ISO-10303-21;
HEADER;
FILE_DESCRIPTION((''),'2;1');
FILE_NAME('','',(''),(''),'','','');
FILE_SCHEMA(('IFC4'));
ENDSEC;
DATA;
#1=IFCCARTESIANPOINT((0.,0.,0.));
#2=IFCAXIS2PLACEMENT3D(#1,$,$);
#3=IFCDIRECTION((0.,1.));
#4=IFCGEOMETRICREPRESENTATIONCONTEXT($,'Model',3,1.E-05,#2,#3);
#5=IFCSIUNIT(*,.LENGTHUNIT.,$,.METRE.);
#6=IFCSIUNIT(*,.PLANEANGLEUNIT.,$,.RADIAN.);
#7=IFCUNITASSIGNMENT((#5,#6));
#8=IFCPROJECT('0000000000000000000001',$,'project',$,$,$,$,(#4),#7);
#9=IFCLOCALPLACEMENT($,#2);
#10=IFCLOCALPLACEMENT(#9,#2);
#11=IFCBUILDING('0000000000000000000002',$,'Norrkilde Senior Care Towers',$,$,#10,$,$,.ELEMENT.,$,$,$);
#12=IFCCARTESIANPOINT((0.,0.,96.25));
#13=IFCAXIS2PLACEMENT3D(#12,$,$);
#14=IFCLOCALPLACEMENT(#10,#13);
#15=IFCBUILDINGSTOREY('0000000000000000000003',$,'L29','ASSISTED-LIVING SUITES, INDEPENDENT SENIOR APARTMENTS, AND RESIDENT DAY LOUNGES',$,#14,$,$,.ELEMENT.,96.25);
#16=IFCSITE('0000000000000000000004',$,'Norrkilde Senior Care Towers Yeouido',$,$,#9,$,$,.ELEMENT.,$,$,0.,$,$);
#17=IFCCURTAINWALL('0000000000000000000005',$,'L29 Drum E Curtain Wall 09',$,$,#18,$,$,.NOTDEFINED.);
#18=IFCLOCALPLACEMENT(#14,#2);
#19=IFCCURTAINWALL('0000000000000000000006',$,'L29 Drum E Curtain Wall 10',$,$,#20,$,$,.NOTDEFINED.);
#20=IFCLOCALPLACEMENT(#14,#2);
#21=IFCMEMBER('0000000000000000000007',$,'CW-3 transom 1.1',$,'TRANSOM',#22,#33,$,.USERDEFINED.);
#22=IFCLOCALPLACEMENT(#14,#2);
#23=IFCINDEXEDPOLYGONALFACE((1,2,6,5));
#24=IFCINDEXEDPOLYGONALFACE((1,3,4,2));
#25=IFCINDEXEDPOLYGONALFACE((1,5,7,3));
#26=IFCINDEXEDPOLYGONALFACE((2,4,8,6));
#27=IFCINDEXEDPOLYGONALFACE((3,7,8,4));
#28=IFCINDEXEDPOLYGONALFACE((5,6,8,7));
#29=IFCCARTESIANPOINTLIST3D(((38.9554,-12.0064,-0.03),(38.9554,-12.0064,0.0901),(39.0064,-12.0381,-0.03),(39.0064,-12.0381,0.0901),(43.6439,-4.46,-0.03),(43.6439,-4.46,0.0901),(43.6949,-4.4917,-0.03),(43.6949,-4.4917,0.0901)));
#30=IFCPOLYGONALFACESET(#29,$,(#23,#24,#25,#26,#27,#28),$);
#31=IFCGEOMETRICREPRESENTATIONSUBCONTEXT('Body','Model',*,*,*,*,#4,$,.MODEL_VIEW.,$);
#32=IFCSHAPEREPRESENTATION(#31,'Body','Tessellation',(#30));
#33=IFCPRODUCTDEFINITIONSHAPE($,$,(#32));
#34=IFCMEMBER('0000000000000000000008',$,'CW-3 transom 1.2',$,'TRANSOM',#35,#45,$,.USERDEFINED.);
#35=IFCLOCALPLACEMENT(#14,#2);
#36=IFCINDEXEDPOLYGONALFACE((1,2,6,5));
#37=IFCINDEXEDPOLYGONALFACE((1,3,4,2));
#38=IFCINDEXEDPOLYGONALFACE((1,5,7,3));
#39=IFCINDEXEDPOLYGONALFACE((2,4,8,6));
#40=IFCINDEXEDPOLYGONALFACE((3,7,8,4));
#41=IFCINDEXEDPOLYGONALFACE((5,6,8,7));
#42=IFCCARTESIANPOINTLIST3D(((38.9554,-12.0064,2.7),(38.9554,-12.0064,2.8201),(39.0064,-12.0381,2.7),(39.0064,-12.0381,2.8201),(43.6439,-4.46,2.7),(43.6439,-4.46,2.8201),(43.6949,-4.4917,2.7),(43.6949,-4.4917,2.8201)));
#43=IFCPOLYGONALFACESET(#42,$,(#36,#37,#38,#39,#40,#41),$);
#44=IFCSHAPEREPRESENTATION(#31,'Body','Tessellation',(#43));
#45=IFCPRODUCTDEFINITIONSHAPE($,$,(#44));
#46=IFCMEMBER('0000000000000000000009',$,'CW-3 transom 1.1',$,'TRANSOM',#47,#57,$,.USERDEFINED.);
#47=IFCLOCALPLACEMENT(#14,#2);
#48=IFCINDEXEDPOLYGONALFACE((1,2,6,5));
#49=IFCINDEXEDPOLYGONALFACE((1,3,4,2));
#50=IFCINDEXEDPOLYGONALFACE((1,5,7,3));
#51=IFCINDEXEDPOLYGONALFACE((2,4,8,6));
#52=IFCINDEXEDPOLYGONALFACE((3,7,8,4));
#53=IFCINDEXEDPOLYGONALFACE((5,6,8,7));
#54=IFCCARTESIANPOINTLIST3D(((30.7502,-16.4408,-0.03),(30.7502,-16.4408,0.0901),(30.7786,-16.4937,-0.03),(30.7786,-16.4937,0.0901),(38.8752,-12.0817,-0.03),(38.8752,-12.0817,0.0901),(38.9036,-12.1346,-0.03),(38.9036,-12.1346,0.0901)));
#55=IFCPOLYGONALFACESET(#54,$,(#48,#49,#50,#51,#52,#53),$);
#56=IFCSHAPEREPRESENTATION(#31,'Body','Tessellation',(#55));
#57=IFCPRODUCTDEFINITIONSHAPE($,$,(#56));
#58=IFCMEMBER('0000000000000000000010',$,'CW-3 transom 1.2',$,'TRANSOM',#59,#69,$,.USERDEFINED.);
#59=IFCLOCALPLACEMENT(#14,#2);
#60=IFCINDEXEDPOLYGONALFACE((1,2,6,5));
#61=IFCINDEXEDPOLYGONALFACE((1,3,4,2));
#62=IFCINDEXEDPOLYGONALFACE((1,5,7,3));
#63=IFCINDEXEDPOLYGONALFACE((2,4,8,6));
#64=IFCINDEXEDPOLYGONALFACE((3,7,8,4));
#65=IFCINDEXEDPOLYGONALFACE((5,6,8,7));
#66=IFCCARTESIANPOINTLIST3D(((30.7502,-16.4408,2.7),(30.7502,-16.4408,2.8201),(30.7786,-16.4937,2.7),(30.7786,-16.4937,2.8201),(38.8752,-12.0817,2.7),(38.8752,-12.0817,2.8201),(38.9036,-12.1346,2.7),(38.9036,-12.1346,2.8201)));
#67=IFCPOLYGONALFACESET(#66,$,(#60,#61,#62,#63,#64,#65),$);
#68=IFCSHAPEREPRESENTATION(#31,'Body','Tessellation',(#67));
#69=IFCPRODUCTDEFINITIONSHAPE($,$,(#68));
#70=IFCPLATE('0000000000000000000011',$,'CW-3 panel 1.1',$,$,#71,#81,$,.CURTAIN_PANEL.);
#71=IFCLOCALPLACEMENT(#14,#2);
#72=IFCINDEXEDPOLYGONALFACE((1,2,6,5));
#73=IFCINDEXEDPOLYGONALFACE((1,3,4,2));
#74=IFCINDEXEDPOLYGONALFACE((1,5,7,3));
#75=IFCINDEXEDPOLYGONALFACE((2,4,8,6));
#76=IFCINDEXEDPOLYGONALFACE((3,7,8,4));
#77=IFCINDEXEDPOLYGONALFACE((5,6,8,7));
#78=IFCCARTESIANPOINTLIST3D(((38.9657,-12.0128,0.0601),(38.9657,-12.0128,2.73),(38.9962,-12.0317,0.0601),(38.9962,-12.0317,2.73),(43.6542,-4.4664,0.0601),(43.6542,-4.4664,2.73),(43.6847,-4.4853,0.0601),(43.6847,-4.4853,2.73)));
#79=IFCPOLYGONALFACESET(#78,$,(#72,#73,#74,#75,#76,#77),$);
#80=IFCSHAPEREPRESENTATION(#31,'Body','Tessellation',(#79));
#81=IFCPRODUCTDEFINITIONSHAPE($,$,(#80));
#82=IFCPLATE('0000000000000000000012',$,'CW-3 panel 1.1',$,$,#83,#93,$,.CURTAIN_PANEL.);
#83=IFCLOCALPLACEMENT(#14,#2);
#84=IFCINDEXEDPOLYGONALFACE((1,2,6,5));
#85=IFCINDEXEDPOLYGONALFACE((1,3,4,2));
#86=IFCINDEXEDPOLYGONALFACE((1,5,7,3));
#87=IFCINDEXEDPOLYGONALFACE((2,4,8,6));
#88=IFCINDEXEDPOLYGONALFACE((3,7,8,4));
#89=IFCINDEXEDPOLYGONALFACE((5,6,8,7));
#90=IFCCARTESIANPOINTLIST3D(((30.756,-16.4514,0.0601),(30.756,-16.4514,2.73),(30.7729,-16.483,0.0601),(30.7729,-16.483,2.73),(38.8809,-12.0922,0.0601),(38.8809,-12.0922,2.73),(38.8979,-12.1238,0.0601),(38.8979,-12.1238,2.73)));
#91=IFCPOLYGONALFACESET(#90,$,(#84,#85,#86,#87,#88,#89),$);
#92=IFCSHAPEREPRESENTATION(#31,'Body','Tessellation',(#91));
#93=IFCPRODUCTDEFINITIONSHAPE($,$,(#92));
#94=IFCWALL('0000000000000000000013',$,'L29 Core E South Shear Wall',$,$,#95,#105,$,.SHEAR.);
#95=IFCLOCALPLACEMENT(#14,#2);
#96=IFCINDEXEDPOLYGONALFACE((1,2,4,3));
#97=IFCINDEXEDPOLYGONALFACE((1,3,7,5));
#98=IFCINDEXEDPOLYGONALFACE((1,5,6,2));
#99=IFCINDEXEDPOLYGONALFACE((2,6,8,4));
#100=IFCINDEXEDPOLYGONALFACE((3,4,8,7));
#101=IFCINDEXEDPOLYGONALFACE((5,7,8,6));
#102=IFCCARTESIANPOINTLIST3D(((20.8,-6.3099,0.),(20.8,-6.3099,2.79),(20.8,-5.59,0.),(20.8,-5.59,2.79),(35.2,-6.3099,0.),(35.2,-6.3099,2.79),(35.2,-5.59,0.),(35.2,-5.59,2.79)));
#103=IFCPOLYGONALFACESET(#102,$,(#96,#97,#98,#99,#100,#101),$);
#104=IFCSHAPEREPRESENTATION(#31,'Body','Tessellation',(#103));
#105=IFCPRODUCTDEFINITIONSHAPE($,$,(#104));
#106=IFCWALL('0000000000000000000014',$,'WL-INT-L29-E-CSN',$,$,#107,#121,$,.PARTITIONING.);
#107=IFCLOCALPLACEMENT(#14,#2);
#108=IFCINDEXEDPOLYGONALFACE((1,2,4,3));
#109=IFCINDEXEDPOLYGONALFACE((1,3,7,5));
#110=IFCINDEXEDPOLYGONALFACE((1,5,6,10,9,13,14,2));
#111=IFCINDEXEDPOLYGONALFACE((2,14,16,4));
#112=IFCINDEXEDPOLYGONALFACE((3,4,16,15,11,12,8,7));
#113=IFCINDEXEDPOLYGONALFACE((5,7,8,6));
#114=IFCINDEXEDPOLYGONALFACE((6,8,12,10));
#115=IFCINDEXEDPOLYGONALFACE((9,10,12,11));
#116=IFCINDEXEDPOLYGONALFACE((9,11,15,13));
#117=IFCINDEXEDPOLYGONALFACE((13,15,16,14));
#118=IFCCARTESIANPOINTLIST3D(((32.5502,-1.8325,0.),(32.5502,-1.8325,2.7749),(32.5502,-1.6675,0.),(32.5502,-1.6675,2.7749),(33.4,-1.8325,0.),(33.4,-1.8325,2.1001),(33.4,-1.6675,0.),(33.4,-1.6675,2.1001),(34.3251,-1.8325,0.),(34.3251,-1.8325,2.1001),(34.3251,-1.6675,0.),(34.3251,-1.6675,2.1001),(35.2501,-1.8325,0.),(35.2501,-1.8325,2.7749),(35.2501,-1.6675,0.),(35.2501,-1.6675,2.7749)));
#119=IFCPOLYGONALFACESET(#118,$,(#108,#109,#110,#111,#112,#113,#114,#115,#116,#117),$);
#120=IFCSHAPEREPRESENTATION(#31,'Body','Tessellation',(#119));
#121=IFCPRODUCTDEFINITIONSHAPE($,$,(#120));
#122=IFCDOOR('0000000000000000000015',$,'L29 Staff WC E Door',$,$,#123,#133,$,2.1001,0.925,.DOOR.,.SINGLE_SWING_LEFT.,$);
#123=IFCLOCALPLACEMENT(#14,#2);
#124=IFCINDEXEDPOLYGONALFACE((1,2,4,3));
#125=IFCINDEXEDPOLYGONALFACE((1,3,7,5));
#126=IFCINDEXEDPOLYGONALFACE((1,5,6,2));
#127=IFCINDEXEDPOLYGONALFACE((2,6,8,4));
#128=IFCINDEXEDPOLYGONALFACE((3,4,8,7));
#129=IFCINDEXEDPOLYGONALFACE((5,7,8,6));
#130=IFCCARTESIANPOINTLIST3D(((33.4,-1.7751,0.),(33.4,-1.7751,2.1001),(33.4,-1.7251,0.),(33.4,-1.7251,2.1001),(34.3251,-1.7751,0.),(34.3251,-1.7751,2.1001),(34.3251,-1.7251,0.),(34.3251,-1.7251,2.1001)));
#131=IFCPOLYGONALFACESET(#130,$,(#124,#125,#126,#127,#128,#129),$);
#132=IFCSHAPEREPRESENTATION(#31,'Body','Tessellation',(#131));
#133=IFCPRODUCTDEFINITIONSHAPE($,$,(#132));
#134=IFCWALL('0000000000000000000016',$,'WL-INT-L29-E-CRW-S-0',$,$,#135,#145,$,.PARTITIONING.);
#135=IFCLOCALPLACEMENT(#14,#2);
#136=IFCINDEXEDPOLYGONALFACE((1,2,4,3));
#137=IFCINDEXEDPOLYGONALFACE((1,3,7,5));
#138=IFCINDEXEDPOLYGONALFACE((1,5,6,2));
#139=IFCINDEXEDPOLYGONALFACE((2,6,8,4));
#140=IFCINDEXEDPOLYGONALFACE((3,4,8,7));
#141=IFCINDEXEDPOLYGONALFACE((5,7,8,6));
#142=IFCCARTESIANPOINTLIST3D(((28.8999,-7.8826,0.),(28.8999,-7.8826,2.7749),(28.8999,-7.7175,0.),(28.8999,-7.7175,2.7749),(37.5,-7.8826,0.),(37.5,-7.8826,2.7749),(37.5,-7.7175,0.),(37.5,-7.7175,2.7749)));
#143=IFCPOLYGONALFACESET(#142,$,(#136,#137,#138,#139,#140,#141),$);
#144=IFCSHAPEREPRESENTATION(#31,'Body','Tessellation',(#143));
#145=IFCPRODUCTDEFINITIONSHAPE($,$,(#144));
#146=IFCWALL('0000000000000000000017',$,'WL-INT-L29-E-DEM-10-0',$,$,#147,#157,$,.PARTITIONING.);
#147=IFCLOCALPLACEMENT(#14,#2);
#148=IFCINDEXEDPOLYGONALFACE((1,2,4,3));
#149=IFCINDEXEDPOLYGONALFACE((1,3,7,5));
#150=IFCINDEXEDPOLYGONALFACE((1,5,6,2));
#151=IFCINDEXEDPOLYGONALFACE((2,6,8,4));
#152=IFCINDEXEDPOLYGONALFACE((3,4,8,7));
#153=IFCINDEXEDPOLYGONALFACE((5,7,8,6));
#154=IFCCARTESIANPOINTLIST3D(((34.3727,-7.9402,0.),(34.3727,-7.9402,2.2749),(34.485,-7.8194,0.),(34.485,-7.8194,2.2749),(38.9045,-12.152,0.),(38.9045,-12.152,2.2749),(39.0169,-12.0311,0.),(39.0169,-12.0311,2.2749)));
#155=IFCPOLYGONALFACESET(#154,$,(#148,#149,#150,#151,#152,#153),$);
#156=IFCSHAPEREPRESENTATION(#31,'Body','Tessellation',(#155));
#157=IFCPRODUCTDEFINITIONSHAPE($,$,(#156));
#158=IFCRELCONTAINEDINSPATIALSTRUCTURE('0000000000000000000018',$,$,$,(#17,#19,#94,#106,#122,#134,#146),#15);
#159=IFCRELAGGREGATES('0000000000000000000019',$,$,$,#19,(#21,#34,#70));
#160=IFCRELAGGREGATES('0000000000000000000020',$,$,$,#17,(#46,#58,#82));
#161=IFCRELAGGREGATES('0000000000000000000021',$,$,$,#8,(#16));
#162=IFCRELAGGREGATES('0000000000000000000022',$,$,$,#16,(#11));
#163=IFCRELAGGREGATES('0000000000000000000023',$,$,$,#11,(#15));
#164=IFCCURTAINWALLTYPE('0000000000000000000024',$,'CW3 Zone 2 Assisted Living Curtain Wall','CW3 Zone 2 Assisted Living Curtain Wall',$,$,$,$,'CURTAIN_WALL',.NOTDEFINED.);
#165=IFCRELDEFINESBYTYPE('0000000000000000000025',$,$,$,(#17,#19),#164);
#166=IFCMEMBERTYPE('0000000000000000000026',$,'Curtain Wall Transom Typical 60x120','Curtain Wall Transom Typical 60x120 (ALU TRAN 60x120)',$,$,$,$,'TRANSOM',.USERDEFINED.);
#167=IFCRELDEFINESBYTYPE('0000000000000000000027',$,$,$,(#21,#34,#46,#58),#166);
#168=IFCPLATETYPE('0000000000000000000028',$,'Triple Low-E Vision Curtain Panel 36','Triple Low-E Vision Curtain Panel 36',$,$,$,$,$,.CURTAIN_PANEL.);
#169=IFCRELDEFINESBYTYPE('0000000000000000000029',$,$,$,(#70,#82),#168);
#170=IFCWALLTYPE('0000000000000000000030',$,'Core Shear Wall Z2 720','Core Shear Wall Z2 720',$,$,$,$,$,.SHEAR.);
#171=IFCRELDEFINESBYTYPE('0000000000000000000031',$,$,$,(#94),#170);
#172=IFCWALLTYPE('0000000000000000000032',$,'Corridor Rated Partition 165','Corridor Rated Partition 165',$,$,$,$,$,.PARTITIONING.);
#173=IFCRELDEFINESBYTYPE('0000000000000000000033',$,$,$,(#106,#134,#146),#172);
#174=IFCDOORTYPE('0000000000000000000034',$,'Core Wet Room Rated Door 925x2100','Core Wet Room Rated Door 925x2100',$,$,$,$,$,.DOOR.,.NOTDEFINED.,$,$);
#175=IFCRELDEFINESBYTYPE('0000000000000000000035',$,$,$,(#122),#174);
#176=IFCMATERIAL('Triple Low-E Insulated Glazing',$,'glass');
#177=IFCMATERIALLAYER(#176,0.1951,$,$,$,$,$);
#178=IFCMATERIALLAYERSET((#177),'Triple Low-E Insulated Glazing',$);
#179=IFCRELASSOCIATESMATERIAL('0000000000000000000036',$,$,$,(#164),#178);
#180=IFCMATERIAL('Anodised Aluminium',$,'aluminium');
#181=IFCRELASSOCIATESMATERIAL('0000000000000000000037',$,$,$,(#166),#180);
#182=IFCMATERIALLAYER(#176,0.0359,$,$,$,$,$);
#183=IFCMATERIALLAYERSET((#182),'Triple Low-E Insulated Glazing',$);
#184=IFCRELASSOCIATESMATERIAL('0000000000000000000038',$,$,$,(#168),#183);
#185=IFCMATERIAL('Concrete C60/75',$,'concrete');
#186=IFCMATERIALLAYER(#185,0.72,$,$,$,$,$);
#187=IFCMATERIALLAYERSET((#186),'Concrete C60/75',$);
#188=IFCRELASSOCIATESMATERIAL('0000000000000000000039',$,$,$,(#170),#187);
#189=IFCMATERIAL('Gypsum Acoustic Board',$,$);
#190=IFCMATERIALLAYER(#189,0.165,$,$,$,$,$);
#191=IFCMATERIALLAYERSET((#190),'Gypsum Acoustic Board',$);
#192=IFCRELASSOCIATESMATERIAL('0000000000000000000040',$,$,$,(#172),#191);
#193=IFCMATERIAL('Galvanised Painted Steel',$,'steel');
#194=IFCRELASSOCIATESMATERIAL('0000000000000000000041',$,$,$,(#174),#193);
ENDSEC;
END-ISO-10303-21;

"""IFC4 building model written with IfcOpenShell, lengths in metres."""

from ifc_helpers import new_model, si_unit, direction, frame, frame_2d, origin, origin_2d, place, context, subcontext, project, spatial, rectangle, extrude, source, transform, mapped, material, layer, layer_set, material_profile, profile_set, type_object, type_shapes, element, fill, aggregate, save


model = new_model("IFC4")

# Units and contexts
model_context = context("Model", 3, precision=1e-05, world=origin(), true_north=direction((0.0, 1.0)))
body_context = subcontext(model_context, "Body", "Model", "MODEL_VIEW")
ifc_project = project(units=[si_unit("LENGTHUNIT", "METRE"), si_unit("PLANEANGLEUNIT", "RADIAN")], contexts=[model_context])

# Site, building, storey
site_placement = place(None, origin())
site = spatial("IfcSite", under=ifc_project, at=site_placement, Name="Norrkilde Senior Care Towers Yeouido", CompositionType="ELEMENT", RefElevation=0.0)
building_placement = place(site_placement, origin())
building = spatial("IfcBuilding", under=site, at=building_placement, Name="Norrkilde Senior Care Towers", CompositionType="ELEMENT")
storey_placement = place(building_placement, frame((0.0, 0.0, 96.25)))
storey = spatial("IfcBuildingStorey", under=building, at=storey_placement, Name="L29", Description="ASSISTED-LIVING SUITES, INDEPENDENT SENIOR APARTMENTS, AND RESIDENT DAY LOUNGES", CompositionType="ELEMENT", Elevation=96.25)

# Shared definitions
ifc_material_1 = material(Name="Concrete C60/75", Category="concrete")

# Curtain wall
ifc_material_2 = material(Name="Triple Low-E Insulated Glazing", Category="glass")
ifc_layer_1 = layer(ifc_material_2, 0.1951)
ifc_layer_set_1 = layer_set([ifc_layer_1], Name="Triple Low-E Insulated Glazing")
curtain_wall_type = type_object("IfcCurtainWallType", Name="CW3 Zone 2 Assisted Living Curtain Wall", Description="CW3 Zone 2 Assisted Living Curtain Wall", ElementType="CURTAIN_WALL", PredefinedType="NOTDEFINED", material=ifc_layer_set_1)
curtain_wall_1_placement = place(storey_placement, origin())
curtain_wall_1 = element("IfcCurtainWall", 1, at=curtain_wall_1_placement, inside=storey, type_object=curtain_wall_type, Name="L29 Drum E Curtain Wall 09", PredefinedType="NOTDEFINED")
ifc_material_3 = material(Name="Anodised Aluminium", Category="aluminium")

# Curtain wall, members
curtain_wall_2_placement = place(storey_placement, origin())
curtain_wall_2 = element("IfcCurtainWall", 2, at=curtain_wall_2_placement, inside=storey, type_object=curtain_wall_type, Name="L29 Drum E Curtain Wall 10", PredefinedType="NOTDEFINED")
ifc_material_profile_1 = material_profile(ifc_material_3, rectangle(XDim=0.0601, YDim=0.1201, at=origin_2d()), Name="ALU TRAN 60x120")
ifc_profile_set_1 = profile_set([ifc_material_profile_1], Name="Anodised Aluminium")
member_type_1 = type_object("IfcMemberType", Name="Curtain Wall Transom Typical 60x120", Description="Curtain Wall Transom Typical 60x120 (ALU TRAN 60x120)", ElementType="TRANSOM", PredefinedType="USERDEFINED", material=ifc_profile_set_1)
shared_shape_1 = source(origin(), body_context, "Body", "SweptSolid", [
    extrude(rectangle(XDim=0.0601, YDim=0.1201, at=origin_2d()), origin(), (0.0, 0.0, 1.0), 8.8843),
])
member_1_placement = place(storey_placement, frame((43.6694, -4.4758, 0.03), z_axis=(-0.527729, -0.849413, 0.0), x_axis=(0.849413, -0.527729, 0.0)))
member_1 = element("IfcMember", 3, at=member_1_placement, type_object=member_type_1, Name="CW-3 transom 1.1", ObjectType="TRANSOM", PredefinedType="USERDEFINED", context=body_context, shape_type="MappedRepresentation", body=[
    mapped(shared_shape_1, transform((0.0, 0.0, 0.0), x_axis=(1.0, 0.0, 0.0), y_axis=(0.0, 1.0, 0.0), z_axis=(0.0, 0.0, 1.0), scale=1.0)),
])
member_2_placement = place(storey_placement, frame((43.6694, -4.4758, 2.76), z_axis=(-0.527729, -0.849413, 0.0), x_axis=(0.849413, -0.527729, 0.0)))
member_2 = element("IfcMember", 4, at=member_2_placement, type_object=member_type_1, Name="CW-3 transom 1.2", ObjectType="TRANSOM", PredefinedType="USERDEFINED", context=body_context, shape_type="MappedRepresentation", body=[
    mapped(shared_shape_1, transform((0.0, 0.0, 0.0), x_axis=(1.0, 0.0, 0.0), y_axis=(0.0, 1.0, 0.0), z_axis=(0.0, 0.0, 1.0), scale=1.0)),
])

# Members
shared_shape_2 = source(origin(), body_context, "Body", "SweptSolid", [
    extrude(rectangle(XDim=0.0601, YDim=0.1201, at=origin_2d()), origin(), (0.0, 0.0, 1.0), 9.2205),
])
type_shapes(member_type_1, [shared_shape_1, shared_shape_2])
member_3_placement = place(storey_placement, frame((38.8894, -12.1082, 0.03), z_axis=(-0.881189, -0.472765, 0.0), x_axis=(0.472765, -0.881189, 0.0)))
member_3 = element("IfcMember", 5, at=member_3_placement, type_object=member_type_1, Name="CW-3 transom 1.1", ObjectType="TRANSOM", PredefinedType="USERDEFINED", context=body_context, shape_type="MappedRepresentation", body=[
    mapped(shared_shape_2, transform((0.0, 0.0, 0.0), x_axis=(1.0, 0.0, 0.0), y_axis=(0.0, 1.0, 0.0), z_axis=(0.0, 0.0, 1.0), scale=1.0)),
])
member_4_placement = place(storey_placement, frame((38.8894, -12.1082, 2.76), z_axis=(-0.881189, -0.472765, 0.0), x_axis=(0.472765, -0.881189, 0.0)))
member_4 = element("IfcMember", 6, at=member_4_placement, type_object=member_type_1, Name="CW-3 transom 1.2", ObjectType="TRANSOM", PredefinedType="USERDEFINED", context=body_context, shape_type="MappedRepresentation", body=[
    mapped(shared_shape_2, transform((0.0, 0.0, 0.0), x_axis=(1.0, 0.0, 0.0), y_axis=(0.0, 1.0, 0.0), z_axis=(0.0, 0.0, 1.0), scale=1.0)),
])

# Plates
ifc_layer_2 = layer(ifc_material_2, 0.0359)
ifc_layer_set_2 = layer_set([ifc_layer_2], Name="Triple Low-E Insulated Glazing")
plate_type = type_object("IfcPlateType", Name="Triple Low-E Vision Curtain Panel 36", Description="Triple Low-E Vision Curtain Panel 36", PredefinedType="CURTAIN_PANEL", material=ifc_layer_set_2)
shared_shape_3 = source(origin(), body_context, "Body", "SweptSolid", [
    extrude(rectangle(XDim=8.8843, YDim=0.0359, at=origin_2d()), origin(), (0.0, 0.0, 1.0), 2.6699),
])
plate_1_placement = place(storey_placement, frame((41.3252, -8.249, 0.0601), z_axis=(0.0, 0.0, 1.0), x_axis=(-0.527733, -0.84941, 0.0)))
plate_1 = element("IfcPlate", 7, at=plate_1_placement, type_object=plate_type, Name="CW-3 panel 1.1", PredefinedType="CURTAIN_PANEL", context=body_context, shape_type="MappedRepresentation", body=[
    mapped(shared_shape_3, transform((0.0, 0.0, 0.0), x_axis=(1.0, 0.0, 0.0), y_axis=(0.0, 1.0, 0.0), z_axis=(0.0, 0.0, 1.0), scale=1.0)),
])
aggregate(curtain_wall_2, [member_1, member_2, plate_1])
shared_shape_4 = source(origin(), body_context, "Body", "SweptSolid", [
    extrude(rectangle(XDim=9.2205, YDim=0.0359, at=origin_2d()), origin(), (0.0, 0.0, 1.0), 2.6699),
])
type_shapes(plate_type, [shared_shape_3, shared_shape_4])
plate_2_placement = place(storey_placement, frame((34.8269, -14.2876, 0.0601), z_axis=(0.0, 0.0, 1.0), x_axis=(-0.881186, -0.472769, 0.0)))
plate_2 = element("IfcPlate", 8, at=plate_2_placement, type_object=plate_type, Name="CW-3 panel 1.1", PredefinedType="CURTAIN_PANEL", context=body_context, shape_type="MappedRepresentation", body=[
    mapped(shared_shape_4, transform((0.0, 0.0, 0.0), x_axis=(1.0, 0.0, 0.0), y_axis=(0.0, 1.0, 0.0), z_axis=(0.0, 0.0, 1.0), scale=1.0)),
])
aggregate(curtain_wall_1, [member_3, member_4, plate_2])

# Wall
ifc_layer_3 = layer(ifc_material_1, 0.72)
ifc_layer_set_3 = layer_set([ifc_layer_3], Name="Concrete C60/75")
wall_type_1 = type_object("IfcWallType", Name="Core Shear Wall Z2 720", Description="Core Shear Wall Z2 720", PredefinedType="SHEAR", material=ifc_layer_set_3)
shared_shape_5 = source(origin(), body_context, "Body", "SweptSolid", [
    extrude(rectangle(XDim=14.3999, YDim=0.72, at=frame_2d((7.2, 0.0))), origin(), (0.0, 0.0, 1.0), 2.79),
])
type_shapes(wall_type_1, [shared_shape_5])
wall_1_placement = place(storey_placement, frame((35.2, -5.95, 0.0), z_axis=(0.0, 0.0, 1.0), x_axis=(-1.0, 0.0, 0.0)))
element("IfcWall", 9, at=wall_1_placement, inside=storey, type_object=wall_type_1, Name="L29 Core E South Shear Wall", PredefinedType="SHEAR", context=body_context, shape_type="MappedRepresentation", body=[
    mapped(shared_shape_5, transform((0.0, 0.0, 0.0), x_axis=(1.0, 0.0, 0.0), y_axis=(0.0, 1.0, 0.0), z_axis=(0.0, 0.0, 1.0), scale=1.0)),
])

# Wall, opening, door
ifc_material_4 = material(Name="Gypsum Acoustic Board")
ifc_layer_4 = layer(ifc_material_4, 0.165)
ifc_layer_set_4 = layer_set([ifc_layer_4], Name="Gypsum Acoustic Board")
wall_type_2 = type_object("IfcWallType", Name="Corridor Rated Partition 165", Description="Corridor Rated Partition 165", PredefinedType="PARTITIONING", material=ifc_layer_set_4)
shared_shape_6 = source(origin(), body_context, "Body", "SweptSolid", [
    extrude(rectangle(XDim=2.7, YDim=0.165, at=frame_2d((1.3501, 0.0))), origin(), (0.0, 0.0, 1.0), 2.7749),
])
wall_2_placement = place(storey_placement, frame((32.55, -1.75, 0.0), z_axis=(0.0, 0.0, 1.0), x_axis=(1.0, 0.0, 0.0)))
wall_2 = element("IfcWall", 10, at=wall_2_placement, inside=storey, type_object=wall_type_2, Name="WL-INT-L29-E-CSN", PredefinedType="PARTITIONING", context=body_context, shape_type="MappedRepresentation", body=[
    mapped(shared_shape_6, transform((0.0, 0.0, 0.0), x_axis=(1.0, 0.0, 0.0), y_axis=(0.0, 1.0, 0.0), z_axis=(0.0, 0.0, 1.0), scale=1.0)),
])
opening_placement = place(wall_2_placement, frame((0.8501, 0.0, 0.0)))
opening = element("IfcOpeningElement", 11, at=opening_placement, cuts=wall_2, PredefinedType="OPENING", context=body_context, shape_type="SweptSolid", body=[
    extrude(rectangle(XDim=0.925, YDim=2.1001, at=frame_2d((0.4624, 1.05))), frame((0.0, 0.0925, 0.0), z_axis=(0.0, -1.0, 0.0), x_axis=(1.0, 0.0, 0.0)), (0.0, 0.0, 1.0), 0.1851),
])
ifc_material_5 = material(Name="Galvanised Painted Steel", Category="steel")
door_type = type_object("IfcDoorType", Name="Core Wet Room Rated Door 925x2100", Description="Core Wet Room Rated Door 925x2100", OperationType="NOTDEFINED", PredefinedType="DOOR", material=ifc_material_5)
shared_shape_7 = source(origin(), body_context, "Body", "SweptSolid", [
    extrude(rectangle(XDim=0.925, YDim=2.1001, at=frame_2d((0.4624, 1.05))), frame((0.0, 0.0249, 0.0), z_axis=(0.0, -1.0, 0.0), x_axis=(1.0, 0.0, 0.0)), (0.0, 0.0, 1.0), 0.05),
])
type_shapes(door_type, [shared_shape_7])
door_placement = place(opening_placement, origin())
door = element("IfcDoor", 12, at=door_placement, inside=storey, type_object=door_type, Name="L29 Staff WC E Door", OperationType="SINGLE_SWING_LEFT", OverallHeight=2.1001, OverallWidth=0.925, PredefinedType="DOOR", context=body_context, shape_type="MappedRepresentation", body=[
    mapped(shared_shape_7, transform((0.0, 0.0, 0.0), x_axis=(1.0, 0.0, 0.0), y_axis=(0.0, 1.0, 0.0), z_axis=(0.0, 0.0, 1.0), scale=1.0)),
])
fill(opening, door)

# Walls
shared_shape_8 = source(origin(), body_context, "Body", "SweptSolid", [
    extrude(rectangle(XDim=8.6001, YDim=0.165, at=frame_2d((4.3, 0.0))), origin(), (0.0, 0.0, 1.0), 2.7749),
])
wall_3_placement = place(storey_placement, frame((37.5, -7.8, 0.0), z_axis=(0.0, 0.0, 1.0), x_axis=(-1.0, 0.0, 0.0)))
element("IfcWall", 13, at=wall_3_placement, inside=storey, type_object=wall_type_2, Name="WL-INT-L29-E-CRW-S-0", PredefinedType="PARTITIONING", context=body_context, shape_type="MappedRepresentation", body=[
    mapped(shared_shape_8, transform((0.0, 0.0, 0.0), x_axis=(1.0, 0.0, 0.0), y_axis=(0.0, 1.0, 0.0), z_axis=(0.0, 0.0, 1.0), scale=1.0)),
])
shared_shape_9 = source(origin(), body_context, "Body", "SweptSolid", [
    extrude(rectangle(XDim=6.1868, YDim=0.165, at=frame_2d((3.0933, 0.0))), origin(), (0.0, 0.0, 1.0), 2.2749),
])
type_shapes(wall_type_2, [shared_shape_6, shared_shape_8, shared_shape_9])
wall_4_placement = place(storey_placement, frame((34.429, -7.8799, 0.0), z_axis=(0.0, 0.0, 1.0), x_axis=(0.732501, -0.680766, 0.0)))
element("IfcWall", 14, at=wall_4_placement, inside=storey, type_object=wall_type_2, Name="WL-INT-L29-E-DEM-10-0", PredefinedType="PARTITIONING", context=body_context, shape_type="MappedRepresentation", body=[
    mapped(shared_shape_9, transform((0.0, 0.0, 0.0), x_axis=(1.0, 0.0, 0.0), y_axis=(0.0, 1.0, 0.0), z_axis=(0.0, 0.0, 1.0), scale=1.0)),
])

save(model, "model.ifc")
